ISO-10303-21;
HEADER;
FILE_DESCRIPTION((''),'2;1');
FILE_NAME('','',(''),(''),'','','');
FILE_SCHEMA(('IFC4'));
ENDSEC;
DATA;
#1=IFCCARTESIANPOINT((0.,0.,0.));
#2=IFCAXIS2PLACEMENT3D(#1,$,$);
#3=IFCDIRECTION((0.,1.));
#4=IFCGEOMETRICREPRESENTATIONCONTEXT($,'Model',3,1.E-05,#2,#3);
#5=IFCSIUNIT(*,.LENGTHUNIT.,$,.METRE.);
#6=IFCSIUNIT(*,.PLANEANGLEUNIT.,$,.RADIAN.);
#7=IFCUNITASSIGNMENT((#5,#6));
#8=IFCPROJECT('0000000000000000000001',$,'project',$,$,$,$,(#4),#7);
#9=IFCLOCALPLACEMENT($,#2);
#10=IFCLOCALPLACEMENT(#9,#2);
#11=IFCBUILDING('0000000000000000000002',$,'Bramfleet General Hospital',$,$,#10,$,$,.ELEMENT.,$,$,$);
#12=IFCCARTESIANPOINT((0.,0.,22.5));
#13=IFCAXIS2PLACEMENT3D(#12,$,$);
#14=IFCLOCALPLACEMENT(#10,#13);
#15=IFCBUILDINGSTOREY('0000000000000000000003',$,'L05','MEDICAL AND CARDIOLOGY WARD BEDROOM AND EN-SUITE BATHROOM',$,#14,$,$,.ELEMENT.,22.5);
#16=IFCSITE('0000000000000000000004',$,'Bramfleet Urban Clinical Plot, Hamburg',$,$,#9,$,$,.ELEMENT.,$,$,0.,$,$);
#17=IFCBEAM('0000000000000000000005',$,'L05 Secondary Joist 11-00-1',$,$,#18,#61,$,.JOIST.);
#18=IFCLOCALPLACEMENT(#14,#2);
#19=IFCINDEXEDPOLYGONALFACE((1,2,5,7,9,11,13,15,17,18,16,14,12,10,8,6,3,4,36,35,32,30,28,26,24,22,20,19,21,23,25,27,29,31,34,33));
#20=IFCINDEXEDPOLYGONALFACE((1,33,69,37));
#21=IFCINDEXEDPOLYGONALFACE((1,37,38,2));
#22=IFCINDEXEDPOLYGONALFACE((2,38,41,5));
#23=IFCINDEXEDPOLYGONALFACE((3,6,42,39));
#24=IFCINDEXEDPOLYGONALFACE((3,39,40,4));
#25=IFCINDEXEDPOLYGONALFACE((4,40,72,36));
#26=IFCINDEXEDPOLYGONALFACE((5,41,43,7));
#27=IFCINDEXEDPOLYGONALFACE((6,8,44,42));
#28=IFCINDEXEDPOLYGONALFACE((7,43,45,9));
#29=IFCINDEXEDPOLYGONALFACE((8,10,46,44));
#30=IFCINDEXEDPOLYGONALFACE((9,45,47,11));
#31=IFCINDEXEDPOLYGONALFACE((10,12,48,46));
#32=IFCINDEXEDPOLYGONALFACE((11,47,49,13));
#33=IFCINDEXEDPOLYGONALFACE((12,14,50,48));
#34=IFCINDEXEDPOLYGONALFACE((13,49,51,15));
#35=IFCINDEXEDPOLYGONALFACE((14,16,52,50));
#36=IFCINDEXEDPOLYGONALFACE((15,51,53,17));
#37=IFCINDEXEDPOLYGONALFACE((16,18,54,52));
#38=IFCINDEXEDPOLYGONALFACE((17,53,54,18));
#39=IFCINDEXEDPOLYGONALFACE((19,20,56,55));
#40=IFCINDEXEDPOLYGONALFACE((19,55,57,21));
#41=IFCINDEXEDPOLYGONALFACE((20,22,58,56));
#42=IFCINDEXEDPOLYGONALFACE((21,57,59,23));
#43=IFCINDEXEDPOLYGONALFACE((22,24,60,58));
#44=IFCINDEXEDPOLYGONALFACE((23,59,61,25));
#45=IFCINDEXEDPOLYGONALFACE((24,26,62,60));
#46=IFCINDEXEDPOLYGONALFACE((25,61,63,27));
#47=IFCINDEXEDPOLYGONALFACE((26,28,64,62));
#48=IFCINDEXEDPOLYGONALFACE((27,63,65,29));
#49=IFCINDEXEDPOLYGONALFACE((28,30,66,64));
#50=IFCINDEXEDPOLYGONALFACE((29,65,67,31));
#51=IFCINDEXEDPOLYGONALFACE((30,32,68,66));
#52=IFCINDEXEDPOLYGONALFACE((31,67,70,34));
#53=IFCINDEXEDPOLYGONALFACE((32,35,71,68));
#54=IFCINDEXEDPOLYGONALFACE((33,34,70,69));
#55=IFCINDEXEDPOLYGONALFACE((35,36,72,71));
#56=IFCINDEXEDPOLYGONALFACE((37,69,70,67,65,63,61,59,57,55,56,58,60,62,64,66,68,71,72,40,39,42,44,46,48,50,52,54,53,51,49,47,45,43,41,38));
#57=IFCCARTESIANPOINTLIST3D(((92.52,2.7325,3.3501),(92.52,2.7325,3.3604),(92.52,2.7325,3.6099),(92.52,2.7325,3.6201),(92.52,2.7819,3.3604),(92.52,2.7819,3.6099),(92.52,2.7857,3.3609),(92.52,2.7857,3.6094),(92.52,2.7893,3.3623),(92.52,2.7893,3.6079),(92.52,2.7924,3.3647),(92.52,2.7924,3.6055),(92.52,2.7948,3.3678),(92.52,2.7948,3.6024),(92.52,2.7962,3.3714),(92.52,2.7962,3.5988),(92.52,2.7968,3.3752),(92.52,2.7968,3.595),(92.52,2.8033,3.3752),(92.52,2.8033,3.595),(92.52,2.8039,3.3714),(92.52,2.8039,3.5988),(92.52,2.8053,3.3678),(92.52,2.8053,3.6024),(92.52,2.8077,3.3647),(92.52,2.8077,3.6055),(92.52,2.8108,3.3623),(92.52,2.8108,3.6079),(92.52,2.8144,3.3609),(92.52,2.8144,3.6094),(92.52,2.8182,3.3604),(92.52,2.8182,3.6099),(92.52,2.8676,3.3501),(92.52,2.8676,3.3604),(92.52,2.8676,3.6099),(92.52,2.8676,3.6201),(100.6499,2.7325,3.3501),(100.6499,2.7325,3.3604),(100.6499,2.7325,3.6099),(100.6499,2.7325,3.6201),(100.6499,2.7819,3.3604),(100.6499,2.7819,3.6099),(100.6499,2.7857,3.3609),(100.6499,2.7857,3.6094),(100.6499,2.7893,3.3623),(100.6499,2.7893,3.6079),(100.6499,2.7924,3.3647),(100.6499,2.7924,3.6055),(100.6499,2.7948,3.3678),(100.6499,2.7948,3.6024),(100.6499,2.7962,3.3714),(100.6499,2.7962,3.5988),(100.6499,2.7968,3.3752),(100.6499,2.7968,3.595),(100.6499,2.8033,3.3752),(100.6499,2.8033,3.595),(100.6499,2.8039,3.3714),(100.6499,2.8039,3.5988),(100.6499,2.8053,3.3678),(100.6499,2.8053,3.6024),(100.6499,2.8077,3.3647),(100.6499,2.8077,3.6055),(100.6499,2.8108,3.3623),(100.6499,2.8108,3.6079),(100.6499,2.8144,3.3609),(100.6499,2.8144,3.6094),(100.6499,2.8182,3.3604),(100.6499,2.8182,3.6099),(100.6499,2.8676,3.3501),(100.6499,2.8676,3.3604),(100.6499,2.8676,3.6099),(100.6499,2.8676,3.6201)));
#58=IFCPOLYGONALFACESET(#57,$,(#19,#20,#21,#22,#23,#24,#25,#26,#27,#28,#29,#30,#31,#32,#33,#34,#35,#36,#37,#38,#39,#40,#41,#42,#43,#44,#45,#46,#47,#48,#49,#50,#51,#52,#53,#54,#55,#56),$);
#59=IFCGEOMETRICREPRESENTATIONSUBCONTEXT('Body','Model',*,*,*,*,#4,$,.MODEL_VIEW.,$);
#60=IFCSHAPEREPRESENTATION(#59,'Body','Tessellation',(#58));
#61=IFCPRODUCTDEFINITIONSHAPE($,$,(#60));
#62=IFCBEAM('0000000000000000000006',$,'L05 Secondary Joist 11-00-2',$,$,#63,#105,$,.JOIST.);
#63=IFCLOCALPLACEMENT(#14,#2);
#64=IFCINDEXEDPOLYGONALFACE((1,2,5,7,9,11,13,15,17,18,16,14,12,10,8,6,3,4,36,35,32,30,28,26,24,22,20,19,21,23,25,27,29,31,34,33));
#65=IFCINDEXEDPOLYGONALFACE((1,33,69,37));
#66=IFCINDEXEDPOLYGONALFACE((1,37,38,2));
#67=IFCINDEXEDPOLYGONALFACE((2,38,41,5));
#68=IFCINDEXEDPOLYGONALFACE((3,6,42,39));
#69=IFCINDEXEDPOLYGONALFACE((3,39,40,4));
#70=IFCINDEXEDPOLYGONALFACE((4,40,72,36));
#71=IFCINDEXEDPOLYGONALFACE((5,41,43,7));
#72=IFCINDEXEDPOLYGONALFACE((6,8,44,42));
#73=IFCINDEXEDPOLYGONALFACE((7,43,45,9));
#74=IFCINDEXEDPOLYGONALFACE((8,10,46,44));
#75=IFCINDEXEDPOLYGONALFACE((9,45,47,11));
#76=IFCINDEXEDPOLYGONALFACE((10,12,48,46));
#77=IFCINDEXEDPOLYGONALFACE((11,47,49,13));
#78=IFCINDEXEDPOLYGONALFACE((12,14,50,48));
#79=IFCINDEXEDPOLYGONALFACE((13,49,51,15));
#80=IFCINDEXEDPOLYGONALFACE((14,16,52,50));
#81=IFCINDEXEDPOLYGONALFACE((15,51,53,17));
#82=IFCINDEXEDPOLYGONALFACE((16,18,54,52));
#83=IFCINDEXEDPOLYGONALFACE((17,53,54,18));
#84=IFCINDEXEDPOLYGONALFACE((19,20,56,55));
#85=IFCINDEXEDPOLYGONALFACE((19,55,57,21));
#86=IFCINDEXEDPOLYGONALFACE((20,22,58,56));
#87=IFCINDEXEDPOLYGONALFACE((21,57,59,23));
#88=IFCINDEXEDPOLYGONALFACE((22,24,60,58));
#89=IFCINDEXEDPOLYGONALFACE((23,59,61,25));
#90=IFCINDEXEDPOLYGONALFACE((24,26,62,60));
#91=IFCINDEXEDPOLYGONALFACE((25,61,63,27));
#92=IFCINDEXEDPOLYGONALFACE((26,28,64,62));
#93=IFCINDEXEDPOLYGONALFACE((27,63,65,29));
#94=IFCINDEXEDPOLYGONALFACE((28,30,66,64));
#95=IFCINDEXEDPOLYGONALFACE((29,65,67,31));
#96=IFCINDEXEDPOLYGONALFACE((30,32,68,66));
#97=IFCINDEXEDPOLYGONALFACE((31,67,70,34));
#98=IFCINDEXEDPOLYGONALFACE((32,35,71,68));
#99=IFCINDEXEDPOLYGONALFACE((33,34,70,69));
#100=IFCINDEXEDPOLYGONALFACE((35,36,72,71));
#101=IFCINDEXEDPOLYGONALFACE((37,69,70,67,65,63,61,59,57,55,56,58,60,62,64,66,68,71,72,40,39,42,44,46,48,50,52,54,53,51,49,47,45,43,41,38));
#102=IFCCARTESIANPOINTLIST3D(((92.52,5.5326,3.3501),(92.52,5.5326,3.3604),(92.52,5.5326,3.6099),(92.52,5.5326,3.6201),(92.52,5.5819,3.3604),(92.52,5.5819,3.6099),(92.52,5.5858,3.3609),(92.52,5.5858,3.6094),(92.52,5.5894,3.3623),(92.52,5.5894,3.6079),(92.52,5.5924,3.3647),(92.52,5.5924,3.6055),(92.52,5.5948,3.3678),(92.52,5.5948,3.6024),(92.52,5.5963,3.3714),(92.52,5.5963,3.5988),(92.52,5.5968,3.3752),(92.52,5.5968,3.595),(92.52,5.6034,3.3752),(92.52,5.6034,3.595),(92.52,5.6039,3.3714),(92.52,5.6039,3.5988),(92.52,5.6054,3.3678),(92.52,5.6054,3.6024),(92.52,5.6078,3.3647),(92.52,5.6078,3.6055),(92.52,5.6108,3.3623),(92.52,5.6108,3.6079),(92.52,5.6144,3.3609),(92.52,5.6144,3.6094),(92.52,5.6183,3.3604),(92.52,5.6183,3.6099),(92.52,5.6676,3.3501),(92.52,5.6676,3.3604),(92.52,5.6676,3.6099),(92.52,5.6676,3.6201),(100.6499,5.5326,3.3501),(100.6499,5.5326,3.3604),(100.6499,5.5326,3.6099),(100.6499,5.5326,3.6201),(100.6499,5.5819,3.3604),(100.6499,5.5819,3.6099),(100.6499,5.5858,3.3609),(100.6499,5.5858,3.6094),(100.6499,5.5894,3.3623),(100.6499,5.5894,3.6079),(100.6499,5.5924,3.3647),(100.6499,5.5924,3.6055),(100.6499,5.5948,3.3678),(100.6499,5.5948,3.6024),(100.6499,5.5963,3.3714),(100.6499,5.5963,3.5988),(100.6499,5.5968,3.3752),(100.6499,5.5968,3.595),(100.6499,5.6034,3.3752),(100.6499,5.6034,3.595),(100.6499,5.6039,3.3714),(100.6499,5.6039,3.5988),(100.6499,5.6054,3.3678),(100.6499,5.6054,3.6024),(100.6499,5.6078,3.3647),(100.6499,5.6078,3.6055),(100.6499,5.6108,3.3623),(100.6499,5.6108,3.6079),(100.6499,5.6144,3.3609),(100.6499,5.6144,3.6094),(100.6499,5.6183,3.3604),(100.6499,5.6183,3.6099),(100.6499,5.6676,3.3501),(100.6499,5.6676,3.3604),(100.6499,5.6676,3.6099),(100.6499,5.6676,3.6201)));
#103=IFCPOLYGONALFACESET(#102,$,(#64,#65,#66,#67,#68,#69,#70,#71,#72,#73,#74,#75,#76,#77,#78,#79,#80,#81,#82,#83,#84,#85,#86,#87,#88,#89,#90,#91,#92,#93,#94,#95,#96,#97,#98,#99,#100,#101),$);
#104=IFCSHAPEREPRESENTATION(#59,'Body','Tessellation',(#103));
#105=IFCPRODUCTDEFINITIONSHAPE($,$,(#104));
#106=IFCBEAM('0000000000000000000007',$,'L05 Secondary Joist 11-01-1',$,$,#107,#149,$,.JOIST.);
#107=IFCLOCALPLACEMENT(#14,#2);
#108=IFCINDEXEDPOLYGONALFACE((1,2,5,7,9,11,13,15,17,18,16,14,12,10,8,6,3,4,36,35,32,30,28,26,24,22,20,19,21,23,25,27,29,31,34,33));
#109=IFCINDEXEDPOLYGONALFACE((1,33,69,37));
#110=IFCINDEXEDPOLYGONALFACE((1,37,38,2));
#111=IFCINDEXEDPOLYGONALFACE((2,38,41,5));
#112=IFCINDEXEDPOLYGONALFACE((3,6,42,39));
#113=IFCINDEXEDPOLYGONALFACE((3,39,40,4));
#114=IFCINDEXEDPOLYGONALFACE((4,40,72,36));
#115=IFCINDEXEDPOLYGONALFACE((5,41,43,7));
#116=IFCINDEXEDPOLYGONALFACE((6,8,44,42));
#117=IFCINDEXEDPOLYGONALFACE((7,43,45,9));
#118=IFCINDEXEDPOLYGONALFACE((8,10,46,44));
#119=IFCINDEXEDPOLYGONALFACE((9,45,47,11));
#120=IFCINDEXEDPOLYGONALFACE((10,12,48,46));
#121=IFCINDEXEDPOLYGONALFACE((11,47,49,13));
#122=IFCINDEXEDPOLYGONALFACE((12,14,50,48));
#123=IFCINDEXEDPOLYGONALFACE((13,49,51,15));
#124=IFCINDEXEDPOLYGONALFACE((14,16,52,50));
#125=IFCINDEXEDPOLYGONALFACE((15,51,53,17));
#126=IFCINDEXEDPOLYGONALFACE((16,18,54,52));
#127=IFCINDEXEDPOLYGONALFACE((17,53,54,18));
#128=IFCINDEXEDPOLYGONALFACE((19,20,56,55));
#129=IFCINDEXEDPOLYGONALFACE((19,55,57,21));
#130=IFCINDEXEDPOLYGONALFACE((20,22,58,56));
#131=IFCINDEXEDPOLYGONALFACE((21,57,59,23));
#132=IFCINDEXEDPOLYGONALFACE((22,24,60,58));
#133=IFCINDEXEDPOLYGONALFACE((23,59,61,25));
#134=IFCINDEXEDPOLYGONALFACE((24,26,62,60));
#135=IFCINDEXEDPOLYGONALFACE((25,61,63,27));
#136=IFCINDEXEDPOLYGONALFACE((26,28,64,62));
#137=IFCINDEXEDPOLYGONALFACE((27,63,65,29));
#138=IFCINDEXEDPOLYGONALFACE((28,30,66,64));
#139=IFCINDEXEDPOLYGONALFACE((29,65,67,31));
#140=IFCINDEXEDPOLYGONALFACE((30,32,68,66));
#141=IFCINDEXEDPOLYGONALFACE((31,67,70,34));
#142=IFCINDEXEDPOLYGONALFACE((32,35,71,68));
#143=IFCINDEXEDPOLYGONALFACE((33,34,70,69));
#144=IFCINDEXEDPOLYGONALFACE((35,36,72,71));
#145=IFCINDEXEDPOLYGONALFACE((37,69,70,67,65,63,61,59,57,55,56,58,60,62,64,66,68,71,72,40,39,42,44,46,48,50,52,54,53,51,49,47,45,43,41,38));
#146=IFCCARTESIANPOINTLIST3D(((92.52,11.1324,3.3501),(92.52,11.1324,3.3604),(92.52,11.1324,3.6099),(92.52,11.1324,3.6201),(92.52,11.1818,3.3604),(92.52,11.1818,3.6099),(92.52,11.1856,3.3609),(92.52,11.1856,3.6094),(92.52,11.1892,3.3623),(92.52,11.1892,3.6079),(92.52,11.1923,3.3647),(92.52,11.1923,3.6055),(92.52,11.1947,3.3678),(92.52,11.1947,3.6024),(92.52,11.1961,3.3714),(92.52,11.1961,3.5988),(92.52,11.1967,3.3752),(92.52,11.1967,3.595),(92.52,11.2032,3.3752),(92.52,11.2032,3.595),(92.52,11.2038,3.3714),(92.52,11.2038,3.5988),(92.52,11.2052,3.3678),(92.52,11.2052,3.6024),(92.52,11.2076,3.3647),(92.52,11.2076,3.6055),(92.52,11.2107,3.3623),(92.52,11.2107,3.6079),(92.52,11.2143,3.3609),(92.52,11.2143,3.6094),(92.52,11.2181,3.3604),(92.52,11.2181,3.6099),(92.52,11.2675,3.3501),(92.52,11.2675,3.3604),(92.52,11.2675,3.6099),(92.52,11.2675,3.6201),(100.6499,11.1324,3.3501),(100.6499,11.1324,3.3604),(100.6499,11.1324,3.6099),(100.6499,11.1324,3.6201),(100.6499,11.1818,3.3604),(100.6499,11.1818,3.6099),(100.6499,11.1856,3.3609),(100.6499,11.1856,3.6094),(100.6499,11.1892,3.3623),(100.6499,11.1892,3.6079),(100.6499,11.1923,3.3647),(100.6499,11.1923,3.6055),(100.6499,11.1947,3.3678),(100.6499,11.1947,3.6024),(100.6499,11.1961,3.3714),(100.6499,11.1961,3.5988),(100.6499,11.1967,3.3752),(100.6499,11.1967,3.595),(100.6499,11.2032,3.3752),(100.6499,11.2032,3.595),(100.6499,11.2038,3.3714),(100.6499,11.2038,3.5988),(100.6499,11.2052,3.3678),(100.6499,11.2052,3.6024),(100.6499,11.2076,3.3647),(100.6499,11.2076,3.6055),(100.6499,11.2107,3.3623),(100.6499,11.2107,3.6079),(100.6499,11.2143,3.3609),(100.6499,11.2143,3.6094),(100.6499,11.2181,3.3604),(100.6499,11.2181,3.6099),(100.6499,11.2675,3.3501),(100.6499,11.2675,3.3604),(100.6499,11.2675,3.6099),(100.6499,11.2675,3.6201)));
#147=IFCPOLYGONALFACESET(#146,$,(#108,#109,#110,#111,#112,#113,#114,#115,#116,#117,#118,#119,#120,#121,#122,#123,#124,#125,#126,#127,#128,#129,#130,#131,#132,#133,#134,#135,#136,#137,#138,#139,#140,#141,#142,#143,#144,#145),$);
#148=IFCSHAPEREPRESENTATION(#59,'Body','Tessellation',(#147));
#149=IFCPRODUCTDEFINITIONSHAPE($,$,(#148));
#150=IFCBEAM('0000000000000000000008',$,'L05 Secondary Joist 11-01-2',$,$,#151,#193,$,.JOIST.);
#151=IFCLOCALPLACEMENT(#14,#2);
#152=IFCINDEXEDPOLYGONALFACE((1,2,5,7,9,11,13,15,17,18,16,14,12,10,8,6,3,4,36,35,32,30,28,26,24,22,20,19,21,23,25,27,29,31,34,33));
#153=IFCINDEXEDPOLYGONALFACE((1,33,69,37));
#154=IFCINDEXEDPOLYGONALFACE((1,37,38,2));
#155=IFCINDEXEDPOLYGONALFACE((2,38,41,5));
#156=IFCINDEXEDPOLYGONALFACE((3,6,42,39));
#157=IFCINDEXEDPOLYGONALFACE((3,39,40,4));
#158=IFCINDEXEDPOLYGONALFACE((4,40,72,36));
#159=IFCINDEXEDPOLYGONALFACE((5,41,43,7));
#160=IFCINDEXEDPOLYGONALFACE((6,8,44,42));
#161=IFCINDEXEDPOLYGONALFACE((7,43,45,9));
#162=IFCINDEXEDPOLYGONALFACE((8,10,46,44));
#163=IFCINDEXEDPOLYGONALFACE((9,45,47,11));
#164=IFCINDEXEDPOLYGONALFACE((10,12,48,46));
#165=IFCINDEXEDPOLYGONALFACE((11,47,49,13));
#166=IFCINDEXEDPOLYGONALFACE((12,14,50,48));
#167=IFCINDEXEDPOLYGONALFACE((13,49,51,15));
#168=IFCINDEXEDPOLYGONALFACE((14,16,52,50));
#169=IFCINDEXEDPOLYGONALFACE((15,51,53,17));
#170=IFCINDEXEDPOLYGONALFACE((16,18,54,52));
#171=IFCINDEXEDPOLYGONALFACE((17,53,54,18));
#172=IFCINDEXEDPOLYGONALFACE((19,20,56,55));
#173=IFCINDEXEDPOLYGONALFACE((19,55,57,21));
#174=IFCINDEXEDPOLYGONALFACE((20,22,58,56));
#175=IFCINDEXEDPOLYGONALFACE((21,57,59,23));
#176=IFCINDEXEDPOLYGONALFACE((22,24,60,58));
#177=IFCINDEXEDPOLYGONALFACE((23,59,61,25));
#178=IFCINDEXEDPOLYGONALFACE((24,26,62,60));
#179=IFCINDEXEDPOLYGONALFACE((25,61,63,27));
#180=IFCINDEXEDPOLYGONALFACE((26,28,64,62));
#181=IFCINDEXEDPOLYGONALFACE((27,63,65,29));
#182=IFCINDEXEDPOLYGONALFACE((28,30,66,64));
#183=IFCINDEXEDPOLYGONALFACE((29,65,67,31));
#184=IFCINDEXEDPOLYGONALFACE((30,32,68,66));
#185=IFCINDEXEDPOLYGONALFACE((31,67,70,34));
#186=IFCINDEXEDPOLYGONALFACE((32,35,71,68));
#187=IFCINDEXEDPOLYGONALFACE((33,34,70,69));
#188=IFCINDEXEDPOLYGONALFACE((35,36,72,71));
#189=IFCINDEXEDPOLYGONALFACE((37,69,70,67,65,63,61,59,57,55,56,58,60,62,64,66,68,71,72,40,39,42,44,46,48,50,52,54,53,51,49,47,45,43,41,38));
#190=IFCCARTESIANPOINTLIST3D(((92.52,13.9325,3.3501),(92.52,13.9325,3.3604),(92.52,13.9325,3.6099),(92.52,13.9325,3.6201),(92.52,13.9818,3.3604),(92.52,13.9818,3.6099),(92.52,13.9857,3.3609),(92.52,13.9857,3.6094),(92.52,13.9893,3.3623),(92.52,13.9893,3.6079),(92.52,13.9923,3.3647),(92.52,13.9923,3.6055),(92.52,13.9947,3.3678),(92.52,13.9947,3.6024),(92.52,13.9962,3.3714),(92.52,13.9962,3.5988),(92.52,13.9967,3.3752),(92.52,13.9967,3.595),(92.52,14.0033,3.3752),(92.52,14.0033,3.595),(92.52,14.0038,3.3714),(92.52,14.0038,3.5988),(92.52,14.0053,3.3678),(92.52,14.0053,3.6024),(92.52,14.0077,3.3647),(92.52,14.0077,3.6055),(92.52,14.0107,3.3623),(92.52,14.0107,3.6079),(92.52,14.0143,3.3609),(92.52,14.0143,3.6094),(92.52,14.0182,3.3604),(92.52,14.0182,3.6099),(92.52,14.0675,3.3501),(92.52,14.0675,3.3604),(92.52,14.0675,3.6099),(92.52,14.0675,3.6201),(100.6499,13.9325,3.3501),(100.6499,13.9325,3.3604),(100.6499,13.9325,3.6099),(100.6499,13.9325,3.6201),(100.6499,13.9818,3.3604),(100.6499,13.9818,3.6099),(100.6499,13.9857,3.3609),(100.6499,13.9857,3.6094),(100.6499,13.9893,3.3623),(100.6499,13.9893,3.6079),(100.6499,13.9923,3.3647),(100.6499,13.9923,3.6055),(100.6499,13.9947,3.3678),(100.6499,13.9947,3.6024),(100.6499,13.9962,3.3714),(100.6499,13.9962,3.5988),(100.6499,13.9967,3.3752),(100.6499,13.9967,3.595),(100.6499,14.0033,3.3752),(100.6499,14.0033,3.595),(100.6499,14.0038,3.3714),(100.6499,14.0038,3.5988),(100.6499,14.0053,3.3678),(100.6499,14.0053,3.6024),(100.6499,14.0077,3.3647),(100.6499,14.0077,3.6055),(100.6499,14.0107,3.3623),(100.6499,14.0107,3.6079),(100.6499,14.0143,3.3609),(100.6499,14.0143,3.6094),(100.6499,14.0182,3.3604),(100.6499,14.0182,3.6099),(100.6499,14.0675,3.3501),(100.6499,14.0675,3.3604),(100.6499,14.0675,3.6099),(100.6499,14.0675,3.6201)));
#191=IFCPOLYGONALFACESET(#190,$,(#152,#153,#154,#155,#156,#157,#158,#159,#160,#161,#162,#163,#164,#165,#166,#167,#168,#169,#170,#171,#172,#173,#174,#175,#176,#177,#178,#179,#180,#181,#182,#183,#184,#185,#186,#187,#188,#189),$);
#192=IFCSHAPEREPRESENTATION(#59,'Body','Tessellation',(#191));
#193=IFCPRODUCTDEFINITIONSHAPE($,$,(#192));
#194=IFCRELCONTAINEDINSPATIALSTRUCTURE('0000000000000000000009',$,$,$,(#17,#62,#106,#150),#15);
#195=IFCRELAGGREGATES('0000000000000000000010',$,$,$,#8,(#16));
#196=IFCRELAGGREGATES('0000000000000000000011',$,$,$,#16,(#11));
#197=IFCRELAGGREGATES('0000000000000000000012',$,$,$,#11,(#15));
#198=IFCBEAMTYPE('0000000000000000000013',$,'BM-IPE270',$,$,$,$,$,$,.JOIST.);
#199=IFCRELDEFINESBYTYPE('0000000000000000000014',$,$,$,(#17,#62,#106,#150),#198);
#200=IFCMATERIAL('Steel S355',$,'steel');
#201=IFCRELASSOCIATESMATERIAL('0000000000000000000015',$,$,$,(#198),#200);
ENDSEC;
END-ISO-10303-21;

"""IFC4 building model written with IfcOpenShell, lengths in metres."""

from ifc_helpers import new_model, si_unit, direction, frame, origin, origin_2d, place, context, subcontext, project, spatial, i_section, extrude, material, material_profile, profile_set, type_object, element, save


model = new_model("IFC4")

# Units and contexts
model_context = context("Model", 3, precision=1e-05, world=origin(), true_north=direction((0.0, 1.0)))
body_context = subcontext(model_context, "Body", "Model", "MODEL_VIEW")
ifc_project = project(units=[si_unit("LENGTHUNIT", "METRE"), si_unit("PLANEANGLEUNIT", "RADIAN")], contexts=[model_context])

# Site, building, storey
site_placement = place(None, origin())
site = spatial("IfcSite", under=ifc_project, at=site_placement, Name="Bramfleet Urban Clinical Plot, Hamburg", CompositionType="ELEMENT", RefElevation=0.0)
building_placement = place(site_placement, origin())
building = spatial("IfcBuilding", under=site, at=building_placement, Name="Bramfleet General Hospital", CompositionType="ELEMENT")
storey_placement = place(building_placement, frame((0.0, 0.0, 22.5)))
storey = spatial("IfcBuildingStorey", under=building, at=storey_placement, Name="L05", Description="MEDICAL AND CARDIOLOGY WARD BEDROOM AND EN-SUITE BATHROOM", CompositionType="ELEMENT", Elevation=22.5)

# Beams
ifc_material_1 = material(Name="Steel S355", Category="steel")
ifc_material_profile_1 = material_profile(ifc_material_1, i_section(OverallWidth=0.135, OverallDepth=0.27, WebThickness=0.0066, FlangeThickness=0.0103, FilletRadius=0.0149, at=origin_2d()), Name="IPE 270")
ifc_profile_set_1 = profile_set([ifc_material_profile_1], Name="Steel S355")
beam_type_1 = type_object("IfcBeamType", Name="BM-IPE270", PredefinedType="JOIST", material=ifc_profile_set_1)
for number, where, z_axis, x_axis, name in (
    (1, (92.52, 2.8, 3.4851), (1.0, 0.0, 0.0), (0.0, 1.0, 0.0), "L05 Secondary Joist 11-00-1"),
    (2, (92.52, 5.6001, 3.4851), (1.0, 0.0, 0.0), (0.0, 1.0, 0.0), "L05 Secondary Joist 11-00-2"),
    (3, (92.52, 11.2, 3.4851), (1.0, 0.0, 0.0), (0.0, 1.0, 0.0), "L05 Secondary Joist 11-01-1"),
    (4, (92.52, 14.0, 3.4851), (1.0, 0.0, 0.0), (0.0, 1.0, 0.0), "L05 Secondary Joist 11-01-2"),
):
    element("IfcBeam", number, at=place(storey_placement, frame(where, z_axis=z_axis, x_axis=x_axis)), inside=storey, type_object=beam_type_1, Name=name, PredefinedType="JOIST", context=body_context, shape_type="SweptSolid", body=[
        extrude(i_section(OverallWidth=0.135, OverallDepth=0.27, WebThickness=0.0066, FlangeThickness=0.0103, FilletRadius=0.0149, at=origin_2d()), origin(), (0.0, 0.0, 1.0), 8.1299),
    ])

save(model, "model.ifc")
